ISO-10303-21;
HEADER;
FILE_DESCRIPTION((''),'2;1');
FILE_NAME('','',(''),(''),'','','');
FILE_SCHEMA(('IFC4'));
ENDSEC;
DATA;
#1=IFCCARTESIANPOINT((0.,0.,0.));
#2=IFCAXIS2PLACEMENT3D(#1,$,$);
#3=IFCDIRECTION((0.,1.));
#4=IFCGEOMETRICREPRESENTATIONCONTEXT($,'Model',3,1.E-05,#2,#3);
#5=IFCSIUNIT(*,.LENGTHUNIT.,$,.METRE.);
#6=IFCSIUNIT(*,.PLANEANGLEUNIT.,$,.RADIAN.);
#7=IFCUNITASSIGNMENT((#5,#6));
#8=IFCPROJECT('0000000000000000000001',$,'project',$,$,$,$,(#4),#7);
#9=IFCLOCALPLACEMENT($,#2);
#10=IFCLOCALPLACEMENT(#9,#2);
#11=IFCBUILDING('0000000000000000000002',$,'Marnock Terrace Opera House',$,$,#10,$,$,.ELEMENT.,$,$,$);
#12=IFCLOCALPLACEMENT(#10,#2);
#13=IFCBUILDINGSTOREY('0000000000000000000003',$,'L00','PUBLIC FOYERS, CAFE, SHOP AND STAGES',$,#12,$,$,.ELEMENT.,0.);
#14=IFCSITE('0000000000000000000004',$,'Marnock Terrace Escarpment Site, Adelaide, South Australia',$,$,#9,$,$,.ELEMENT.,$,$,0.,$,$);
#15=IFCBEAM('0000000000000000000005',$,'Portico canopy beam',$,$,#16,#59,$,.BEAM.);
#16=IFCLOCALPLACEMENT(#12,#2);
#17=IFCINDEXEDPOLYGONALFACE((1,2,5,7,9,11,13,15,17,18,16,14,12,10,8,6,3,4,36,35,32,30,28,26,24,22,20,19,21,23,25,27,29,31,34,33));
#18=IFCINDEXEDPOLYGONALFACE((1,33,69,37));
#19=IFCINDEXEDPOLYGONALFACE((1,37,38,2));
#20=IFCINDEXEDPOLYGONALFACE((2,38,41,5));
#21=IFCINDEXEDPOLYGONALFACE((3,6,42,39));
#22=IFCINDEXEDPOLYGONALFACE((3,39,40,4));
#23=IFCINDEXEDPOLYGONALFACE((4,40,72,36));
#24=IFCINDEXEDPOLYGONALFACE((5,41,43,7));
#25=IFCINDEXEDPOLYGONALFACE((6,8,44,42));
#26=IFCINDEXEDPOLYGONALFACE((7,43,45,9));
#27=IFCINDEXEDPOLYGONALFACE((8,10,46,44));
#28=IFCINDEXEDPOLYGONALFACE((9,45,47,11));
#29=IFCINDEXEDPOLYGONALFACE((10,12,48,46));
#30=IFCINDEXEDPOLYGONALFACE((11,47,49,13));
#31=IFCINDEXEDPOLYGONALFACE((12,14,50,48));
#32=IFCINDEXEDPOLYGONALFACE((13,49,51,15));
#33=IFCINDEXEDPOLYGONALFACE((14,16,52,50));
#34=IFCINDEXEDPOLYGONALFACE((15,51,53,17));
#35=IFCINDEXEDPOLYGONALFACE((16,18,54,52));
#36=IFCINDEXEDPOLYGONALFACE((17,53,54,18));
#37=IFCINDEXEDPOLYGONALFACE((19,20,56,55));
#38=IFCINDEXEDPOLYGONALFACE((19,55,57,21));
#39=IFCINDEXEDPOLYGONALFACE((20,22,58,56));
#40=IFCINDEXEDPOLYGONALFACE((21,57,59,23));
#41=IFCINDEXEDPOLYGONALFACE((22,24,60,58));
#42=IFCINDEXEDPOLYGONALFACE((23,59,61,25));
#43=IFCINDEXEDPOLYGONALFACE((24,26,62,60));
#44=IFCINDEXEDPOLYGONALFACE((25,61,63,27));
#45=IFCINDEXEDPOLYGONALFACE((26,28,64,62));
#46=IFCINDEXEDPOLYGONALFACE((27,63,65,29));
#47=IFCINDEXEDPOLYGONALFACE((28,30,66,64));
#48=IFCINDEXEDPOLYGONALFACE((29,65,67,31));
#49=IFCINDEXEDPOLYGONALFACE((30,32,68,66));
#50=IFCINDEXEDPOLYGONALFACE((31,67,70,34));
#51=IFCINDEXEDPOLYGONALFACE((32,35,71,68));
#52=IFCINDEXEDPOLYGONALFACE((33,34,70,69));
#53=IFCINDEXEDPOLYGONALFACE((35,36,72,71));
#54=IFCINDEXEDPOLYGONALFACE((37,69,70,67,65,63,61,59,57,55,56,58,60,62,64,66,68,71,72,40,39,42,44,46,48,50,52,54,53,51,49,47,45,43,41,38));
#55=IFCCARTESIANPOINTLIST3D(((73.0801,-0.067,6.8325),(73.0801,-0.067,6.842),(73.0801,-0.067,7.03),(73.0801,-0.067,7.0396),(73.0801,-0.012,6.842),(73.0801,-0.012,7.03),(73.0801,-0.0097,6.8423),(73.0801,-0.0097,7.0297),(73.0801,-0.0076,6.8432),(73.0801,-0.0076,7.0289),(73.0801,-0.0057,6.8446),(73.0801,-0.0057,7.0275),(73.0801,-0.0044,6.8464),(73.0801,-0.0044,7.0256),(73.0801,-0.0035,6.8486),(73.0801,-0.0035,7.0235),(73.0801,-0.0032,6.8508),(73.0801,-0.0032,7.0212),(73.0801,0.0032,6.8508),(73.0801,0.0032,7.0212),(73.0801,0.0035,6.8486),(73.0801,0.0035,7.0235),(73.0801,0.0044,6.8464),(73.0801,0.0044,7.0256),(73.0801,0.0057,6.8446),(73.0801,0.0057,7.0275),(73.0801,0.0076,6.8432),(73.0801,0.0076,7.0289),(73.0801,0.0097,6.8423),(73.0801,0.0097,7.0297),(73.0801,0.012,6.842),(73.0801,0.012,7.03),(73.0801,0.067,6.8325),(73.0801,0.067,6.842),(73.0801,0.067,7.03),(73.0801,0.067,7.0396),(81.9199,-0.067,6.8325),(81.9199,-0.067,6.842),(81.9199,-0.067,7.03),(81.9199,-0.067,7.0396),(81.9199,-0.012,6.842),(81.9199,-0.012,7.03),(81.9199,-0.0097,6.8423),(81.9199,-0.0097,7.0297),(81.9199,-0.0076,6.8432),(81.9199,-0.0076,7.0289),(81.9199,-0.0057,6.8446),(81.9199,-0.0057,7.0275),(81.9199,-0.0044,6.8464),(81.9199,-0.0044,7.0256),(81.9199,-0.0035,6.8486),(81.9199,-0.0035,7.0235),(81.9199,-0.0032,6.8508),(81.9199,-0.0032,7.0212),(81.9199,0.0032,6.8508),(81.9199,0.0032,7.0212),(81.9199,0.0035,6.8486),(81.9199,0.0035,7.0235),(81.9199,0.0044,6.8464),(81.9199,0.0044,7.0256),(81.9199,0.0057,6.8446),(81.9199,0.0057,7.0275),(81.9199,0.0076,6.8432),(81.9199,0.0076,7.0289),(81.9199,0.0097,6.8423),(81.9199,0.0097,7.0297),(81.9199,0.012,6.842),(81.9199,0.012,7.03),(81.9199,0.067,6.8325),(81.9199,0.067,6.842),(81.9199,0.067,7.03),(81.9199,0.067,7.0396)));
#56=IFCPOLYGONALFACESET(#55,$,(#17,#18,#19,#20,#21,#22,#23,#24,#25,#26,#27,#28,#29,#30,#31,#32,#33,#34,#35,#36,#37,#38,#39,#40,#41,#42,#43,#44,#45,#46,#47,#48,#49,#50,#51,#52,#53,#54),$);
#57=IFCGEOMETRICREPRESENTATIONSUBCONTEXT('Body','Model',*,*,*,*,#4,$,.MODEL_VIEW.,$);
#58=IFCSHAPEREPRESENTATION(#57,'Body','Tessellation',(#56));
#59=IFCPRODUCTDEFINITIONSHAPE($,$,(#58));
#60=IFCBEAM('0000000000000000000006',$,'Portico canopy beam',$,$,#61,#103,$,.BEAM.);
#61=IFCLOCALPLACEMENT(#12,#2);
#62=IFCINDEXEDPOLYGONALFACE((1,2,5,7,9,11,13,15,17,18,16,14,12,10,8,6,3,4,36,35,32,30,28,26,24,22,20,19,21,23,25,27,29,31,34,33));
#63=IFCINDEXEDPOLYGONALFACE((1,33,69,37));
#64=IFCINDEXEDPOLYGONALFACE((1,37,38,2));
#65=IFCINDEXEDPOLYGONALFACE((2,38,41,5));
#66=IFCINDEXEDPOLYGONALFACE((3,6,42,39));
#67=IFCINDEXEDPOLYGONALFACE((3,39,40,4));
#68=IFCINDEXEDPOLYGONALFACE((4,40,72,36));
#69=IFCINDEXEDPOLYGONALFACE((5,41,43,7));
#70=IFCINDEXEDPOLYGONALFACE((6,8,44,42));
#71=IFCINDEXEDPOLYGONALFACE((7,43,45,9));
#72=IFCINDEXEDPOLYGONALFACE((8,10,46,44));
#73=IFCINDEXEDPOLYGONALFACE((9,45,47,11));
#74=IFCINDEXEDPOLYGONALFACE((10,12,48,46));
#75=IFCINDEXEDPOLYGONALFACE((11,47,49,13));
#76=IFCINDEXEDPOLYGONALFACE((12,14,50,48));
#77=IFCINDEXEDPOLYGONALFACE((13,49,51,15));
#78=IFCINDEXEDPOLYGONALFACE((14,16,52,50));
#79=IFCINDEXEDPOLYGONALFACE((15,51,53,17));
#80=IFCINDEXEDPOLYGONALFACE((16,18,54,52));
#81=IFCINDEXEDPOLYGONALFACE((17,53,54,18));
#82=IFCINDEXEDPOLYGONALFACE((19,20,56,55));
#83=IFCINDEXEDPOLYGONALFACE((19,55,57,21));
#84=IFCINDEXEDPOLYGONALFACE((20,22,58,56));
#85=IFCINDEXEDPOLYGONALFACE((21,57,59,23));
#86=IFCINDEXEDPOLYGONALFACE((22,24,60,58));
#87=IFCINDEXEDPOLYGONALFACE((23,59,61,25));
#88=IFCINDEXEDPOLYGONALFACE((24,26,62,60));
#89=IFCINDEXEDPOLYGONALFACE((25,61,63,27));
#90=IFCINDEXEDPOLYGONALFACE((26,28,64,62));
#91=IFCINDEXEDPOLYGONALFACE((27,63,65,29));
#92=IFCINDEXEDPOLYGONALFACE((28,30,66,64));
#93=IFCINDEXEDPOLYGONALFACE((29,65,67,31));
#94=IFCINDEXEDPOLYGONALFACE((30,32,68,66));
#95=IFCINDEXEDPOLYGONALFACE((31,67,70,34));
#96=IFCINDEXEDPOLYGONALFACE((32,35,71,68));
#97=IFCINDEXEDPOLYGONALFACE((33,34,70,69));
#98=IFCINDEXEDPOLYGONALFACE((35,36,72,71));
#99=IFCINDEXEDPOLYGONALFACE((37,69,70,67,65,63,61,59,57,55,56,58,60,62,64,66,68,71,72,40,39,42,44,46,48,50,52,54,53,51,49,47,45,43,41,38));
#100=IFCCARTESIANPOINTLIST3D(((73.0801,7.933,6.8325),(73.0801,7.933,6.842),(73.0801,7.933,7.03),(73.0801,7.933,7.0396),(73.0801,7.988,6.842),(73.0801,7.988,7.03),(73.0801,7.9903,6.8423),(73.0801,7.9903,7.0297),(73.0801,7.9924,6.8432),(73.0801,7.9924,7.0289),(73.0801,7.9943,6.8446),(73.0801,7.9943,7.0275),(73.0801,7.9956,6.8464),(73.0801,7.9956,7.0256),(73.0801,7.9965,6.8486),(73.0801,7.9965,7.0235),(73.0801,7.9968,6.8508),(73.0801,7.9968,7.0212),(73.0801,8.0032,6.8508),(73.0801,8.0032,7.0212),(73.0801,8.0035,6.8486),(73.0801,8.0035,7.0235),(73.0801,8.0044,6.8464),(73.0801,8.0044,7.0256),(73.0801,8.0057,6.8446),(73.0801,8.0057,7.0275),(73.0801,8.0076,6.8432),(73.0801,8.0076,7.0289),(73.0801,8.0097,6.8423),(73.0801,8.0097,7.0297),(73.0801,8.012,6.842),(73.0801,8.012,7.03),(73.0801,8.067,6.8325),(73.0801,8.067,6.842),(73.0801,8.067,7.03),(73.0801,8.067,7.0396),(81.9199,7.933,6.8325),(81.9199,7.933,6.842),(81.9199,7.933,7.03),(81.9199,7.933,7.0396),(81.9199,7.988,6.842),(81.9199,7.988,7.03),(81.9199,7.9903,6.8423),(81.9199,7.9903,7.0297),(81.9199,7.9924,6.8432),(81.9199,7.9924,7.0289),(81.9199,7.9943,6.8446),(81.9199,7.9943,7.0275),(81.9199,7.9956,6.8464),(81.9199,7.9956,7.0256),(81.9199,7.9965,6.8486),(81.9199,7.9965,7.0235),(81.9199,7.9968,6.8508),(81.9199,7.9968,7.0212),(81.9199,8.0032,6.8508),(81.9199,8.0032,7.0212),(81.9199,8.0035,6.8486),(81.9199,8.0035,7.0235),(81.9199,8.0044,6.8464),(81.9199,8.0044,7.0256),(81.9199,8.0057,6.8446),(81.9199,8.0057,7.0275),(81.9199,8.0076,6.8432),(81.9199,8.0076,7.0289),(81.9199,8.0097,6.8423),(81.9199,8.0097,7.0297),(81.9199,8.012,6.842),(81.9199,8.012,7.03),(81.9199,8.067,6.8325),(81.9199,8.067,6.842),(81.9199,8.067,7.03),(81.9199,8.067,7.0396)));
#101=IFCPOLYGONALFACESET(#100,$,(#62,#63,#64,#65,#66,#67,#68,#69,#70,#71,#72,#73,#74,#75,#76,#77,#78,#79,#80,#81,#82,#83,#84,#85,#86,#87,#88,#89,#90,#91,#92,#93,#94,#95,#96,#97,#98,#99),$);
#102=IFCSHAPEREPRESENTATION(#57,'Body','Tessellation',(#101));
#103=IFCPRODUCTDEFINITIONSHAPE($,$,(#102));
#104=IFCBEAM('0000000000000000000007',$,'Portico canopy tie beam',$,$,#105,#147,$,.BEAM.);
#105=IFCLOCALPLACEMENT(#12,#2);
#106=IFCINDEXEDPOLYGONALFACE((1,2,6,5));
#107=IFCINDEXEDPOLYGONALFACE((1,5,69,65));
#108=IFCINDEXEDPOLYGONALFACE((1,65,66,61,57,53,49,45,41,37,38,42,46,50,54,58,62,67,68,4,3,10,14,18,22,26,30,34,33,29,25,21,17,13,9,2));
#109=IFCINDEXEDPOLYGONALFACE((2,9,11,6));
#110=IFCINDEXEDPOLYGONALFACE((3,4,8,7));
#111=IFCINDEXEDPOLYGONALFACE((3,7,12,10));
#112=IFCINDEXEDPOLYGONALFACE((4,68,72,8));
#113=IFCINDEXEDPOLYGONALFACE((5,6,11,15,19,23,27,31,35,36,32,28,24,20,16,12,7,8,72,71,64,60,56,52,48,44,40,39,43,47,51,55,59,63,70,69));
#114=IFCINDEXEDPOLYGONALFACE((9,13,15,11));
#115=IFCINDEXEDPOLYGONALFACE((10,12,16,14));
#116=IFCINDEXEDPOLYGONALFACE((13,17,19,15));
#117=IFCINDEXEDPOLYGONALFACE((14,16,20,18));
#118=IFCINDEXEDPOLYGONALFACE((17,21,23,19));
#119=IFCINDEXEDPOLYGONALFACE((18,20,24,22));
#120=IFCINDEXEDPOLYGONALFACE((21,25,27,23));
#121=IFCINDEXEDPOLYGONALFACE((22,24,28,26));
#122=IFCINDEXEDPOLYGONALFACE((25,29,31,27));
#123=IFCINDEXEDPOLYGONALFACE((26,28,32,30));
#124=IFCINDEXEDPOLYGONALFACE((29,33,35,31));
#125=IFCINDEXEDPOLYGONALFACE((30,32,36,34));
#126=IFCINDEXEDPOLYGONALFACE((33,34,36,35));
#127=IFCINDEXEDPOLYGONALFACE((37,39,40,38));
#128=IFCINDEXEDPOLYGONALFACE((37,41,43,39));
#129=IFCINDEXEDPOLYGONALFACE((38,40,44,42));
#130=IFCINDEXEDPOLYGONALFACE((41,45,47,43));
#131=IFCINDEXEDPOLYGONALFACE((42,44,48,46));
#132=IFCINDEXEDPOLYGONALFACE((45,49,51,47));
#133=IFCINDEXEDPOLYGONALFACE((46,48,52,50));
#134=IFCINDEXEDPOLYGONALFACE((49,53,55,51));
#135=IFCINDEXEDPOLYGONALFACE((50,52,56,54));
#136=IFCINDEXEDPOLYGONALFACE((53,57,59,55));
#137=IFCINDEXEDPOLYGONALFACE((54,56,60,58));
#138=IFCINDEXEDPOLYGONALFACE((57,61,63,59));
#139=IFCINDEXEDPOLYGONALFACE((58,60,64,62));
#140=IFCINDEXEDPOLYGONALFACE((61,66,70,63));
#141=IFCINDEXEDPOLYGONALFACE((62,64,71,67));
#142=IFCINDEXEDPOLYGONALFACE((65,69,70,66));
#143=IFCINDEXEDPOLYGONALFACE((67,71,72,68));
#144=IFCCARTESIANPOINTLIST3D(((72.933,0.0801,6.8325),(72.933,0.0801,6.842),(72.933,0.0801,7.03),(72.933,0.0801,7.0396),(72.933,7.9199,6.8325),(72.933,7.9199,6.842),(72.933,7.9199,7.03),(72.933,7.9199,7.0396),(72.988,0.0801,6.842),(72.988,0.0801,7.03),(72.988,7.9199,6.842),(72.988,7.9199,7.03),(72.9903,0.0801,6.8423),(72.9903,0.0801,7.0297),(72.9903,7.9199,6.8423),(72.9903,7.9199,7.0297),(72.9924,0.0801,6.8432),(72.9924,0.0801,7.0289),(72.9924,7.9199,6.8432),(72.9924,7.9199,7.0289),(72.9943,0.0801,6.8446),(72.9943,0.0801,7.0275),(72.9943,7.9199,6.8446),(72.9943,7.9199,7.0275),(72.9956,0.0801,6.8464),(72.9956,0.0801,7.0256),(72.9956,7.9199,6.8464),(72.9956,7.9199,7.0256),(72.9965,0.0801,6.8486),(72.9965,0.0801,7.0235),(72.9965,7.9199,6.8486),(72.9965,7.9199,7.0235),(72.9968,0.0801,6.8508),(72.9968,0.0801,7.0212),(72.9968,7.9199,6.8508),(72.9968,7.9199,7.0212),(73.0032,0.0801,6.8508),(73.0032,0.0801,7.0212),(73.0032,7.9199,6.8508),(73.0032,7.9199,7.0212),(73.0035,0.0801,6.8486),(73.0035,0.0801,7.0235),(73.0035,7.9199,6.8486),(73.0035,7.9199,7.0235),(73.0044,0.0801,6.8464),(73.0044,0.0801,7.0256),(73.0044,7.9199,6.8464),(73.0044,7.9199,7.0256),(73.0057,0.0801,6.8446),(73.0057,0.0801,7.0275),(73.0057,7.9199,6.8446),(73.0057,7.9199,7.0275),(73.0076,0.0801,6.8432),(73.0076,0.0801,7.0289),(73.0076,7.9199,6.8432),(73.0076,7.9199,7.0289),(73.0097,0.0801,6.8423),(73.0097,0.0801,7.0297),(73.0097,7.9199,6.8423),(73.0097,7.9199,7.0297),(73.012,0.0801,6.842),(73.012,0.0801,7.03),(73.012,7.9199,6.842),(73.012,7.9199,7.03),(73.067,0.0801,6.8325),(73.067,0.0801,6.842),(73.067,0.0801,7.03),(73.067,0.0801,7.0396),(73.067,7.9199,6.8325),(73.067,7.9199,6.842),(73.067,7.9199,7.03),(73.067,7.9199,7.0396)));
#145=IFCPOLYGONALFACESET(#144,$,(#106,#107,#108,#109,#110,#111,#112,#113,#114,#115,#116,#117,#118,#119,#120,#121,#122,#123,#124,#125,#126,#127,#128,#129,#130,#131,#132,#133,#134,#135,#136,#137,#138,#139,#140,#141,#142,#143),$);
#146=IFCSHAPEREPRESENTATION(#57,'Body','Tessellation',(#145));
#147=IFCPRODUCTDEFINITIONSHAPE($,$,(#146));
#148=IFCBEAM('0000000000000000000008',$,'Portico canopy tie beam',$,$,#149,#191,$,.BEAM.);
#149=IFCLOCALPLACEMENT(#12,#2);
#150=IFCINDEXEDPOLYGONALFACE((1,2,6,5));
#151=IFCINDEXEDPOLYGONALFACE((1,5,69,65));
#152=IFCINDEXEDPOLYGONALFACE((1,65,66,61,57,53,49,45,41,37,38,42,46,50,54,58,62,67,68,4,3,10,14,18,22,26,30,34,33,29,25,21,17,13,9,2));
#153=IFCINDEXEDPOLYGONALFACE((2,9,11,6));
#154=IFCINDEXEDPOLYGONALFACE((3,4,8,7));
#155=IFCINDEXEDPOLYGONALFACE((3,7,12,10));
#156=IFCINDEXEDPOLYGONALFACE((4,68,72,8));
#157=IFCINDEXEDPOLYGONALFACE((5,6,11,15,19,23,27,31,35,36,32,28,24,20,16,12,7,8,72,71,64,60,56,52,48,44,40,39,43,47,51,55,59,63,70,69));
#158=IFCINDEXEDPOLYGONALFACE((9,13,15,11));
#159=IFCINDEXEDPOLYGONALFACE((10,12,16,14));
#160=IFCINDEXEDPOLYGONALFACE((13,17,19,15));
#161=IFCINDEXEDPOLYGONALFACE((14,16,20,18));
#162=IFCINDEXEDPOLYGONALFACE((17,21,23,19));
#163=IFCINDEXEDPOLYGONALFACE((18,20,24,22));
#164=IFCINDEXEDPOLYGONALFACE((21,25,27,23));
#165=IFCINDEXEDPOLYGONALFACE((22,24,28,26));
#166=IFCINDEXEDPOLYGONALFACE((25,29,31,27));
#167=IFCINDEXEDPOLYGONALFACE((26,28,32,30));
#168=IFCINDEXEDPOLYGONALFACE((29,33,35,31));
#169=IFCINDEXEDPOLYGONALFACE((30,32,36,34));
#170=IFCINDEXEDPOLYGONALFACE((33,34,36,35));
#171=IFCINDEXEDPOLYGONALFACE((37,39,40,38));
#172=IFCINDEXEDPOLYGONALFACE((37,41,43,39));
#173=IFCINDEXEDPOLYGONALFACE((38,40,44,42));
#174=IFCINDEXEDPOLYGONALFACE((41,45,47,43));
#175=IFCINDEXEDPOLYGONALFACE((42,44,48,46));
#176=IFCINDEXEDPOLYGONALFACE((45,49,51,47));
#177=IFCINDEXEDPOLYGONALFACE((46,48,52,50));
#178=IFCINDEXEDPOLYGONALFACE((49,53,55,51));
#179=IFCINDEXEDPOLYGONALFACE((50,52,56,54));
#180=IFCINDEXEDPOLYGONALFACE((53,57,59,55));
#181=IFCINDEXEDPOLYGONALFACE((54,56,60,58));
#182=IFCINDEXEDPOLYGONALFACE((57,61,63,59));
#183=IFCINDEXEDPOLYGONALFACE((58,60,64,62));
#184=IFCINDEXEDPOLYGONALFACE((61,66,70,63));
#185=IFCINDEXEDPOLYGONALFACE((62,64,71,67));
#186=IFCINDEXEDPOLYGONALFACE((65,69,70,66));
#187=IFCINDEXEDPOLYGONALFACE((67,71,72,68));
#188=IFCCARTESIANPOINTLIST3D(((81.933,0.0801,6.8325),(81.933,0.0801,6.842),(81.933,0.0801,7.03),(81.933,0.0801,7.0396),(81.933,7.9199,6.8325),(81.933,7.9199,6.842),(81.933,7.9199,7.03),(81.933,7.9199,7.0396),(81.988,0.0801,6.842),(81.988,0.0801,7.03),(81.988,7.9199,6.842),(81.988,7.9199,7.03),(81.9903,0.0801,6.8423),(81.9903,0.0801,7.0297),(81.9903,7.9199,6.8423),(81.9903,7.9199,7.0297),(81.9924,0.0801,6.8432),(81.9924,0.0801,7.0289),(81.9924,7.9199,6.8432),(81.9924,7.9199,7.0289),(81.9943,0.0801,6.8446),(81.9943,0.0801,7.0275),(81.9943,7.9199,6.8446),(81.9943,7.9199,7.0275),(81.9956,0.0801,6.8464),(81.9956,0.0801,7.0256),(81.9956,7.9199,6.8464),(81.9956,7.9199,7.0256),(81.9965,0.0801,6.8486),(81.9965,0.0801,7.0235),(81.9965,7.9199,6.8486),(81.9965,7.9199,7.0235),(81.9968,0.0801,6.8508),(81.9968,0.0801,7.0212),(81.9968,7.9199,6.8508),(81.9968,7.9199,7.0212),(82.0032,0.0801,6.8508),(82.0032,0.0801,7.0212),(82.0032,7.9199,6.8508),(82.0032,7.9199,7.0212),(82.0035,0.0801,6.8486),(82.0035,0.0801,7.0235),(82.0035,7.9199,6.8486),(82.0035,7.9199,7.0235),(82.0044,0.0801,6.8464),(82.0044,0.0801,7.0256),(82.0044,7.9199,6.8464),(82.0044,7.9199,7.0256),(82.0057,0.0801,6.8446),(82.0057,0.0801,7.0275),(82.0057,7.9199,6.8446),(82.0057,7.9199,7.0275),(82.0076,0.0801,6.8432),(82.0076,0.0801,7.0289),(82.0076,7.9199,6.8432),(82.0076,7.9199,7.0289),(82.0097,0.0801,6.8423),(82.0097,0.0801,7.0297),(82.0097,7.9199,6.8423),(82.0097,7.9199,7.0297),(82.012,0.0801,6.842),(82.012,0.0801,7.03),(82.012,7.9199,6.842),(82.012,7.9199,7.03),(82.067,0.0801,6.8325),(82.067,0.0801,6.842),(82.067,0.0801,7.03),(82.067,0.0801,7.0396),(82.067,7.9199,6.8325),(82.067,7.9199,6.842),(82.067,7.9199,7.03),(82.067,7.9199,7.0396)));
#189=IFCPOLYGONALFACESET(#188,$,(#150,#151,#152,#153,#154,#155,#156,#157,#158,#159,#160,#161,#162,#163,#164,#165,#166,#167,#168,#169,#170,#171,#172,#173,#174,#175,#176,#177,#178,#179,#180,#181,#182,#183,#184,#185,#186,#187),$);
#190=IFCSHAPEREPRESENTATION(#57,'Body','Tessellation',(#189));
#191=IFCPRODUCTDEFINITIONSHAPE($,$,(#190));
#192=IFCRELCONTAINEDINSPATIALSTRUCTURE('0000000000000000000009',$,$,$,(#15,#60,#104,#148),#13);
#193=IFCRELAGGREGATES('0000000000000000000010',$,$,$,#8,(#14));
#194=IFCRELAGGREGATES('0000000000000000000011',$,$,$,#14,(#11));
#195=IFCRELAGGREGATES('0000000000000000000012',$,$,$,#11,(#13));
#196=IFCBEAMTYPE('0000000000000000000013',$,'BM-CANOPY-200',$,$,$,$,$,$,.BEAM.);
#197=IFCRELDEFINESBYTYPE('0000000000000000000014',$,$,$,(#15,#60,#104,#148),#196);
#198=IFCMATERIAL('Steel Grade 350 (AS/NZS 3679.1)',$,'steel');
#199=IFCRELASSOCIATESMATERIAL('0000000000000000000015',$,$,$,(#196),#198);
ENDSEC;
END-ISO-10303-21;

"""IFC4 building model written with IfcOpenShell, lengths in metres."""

from ifc_helpers import new_model, si_unit, direction, frame, origin, origin_2d, place, context, subcontext, project, spatial, i_section, extrude, material, material_profile, profile_set, type_object, element, save


model = new_model("IFC4")

# Units and contexts
model_context = context("Model", 3, precision=1e-05, world=origin(), true_north=direction((0.0, 1.0)))
body_context = subcontext(model_context, "Body", "Model", "MODEL_VIEW")
ifc_project = project(units=[si_unit("LENGTHUNIT", "METRE"), si_unit("PLANEANGLEUNIT", "RADIAN")], contexts=[model_context])

# Site, building, storey
site_placement = place(None, origin())
site = spatial("IfcSite", under=ifc_project, at=site_placement, Name="Marnock Terrace Escarpment Site, Adelaide, South Australia", CompositionType="ELEMENT", RefElevation=0.0)
building_placement = place(site_placement, origin())
building = spatial("IfcBuilding", under=site, at=building_placement, Name="Marnock Terrace Opera House", CompositionType="ELEMENT")
storey_placement = place(building_placement, origin())
storey = spatial("IfcBuildingStorey", under=building, at=storey_placement, Name="L00", Description="PUBLIC FOYERS, CAFE, SHOP AND STAGES", CompositionType="ELEMENT", Elevation=0.0)

# Beams
ifc_material_1 = material(Name="Steel Grade 350 (AS/NZS 3679.1)", Category="steel")
ifc_material_profile_1 = material_profile(ifc_material_1, i_section(OverallWidth=0.134, OverallDepth=0.207, WebThickness=0.0063, FlangeThickness=0.0095, FilletRadius=0.0088, at=origin_2d()))
ifc_profile_set_1 = profile_set([ifc_material_profile_1], Name="Steel Grade 350 (AS/NZS 3679.1)")
beam_type_1 = type_object("IfcBeamType", Name="BM-CANOPY-200", PredefinedType="BEAM", material=ifc_profile_set_1)
for number, where, z_axis, x_axis, name in (
    (1, (73.0801, 0.0, 6.936), (1.0, 0.0, 0.0), (0.0, 1.0, 0.0), "Portico canopy beam"),
    (2, (73.0801, 8.0, 6.936), (1.0, 0.0, 0.0), (0.0, 1.0, 0.0), "Portico canopy beam"),
):
    element("IfcBeam", number, at=place(storey_placement, frame(where, z_axis=z_axis, x_axis=x_axis)), inside=storey, type_object=beam_type_1, Name=name, PredefinedType="BEAM", context=body_context, shape_type="SweptSolid", body=[
        extrude(i_section(OverallWidth=0.134, OverallDepth=0.207, WebThickness=0.0063, FlangeThickness=0.0095, FilletRadius=0.0088, at=origin_2d()), origin(), (0.0, 0.0, 1.0), 8.8398),
    ])
for number, where, z_axis, x_axis, name in (
    (3, (73.0, 0.0801, 6.936), (0.0, 1.0, 0.0), (-1.0, 0.0, 0.0), "Portico canopy tie beam"),
    (4, (82.0, 0.0801, 6.936), (0.0, 1.0, 0.0), (-1.0, 0.0, 0.0), "Portico canopy tie beam"),
):
    element("IfcBeam", number, at=place(storey_placement, frame(where, z_axis=z_axis, x_axis=x_axis)), inside=storey, type_object=beam_type_1, Name=name, PredefinedType="BEAM", context=body_context, shape_type="SweptSolid", body=[
        extrude(i_section(OverallWidth=0.134, OverallDepth=0.207, WebThickness=0.0063, FlangeThickness=0.0095, FilletRadius=0.0088, at=origin_2d()), origin(), (0.0, 0.0, 1.0), 7.8398),
    ])

save(model, "model.ifc")
